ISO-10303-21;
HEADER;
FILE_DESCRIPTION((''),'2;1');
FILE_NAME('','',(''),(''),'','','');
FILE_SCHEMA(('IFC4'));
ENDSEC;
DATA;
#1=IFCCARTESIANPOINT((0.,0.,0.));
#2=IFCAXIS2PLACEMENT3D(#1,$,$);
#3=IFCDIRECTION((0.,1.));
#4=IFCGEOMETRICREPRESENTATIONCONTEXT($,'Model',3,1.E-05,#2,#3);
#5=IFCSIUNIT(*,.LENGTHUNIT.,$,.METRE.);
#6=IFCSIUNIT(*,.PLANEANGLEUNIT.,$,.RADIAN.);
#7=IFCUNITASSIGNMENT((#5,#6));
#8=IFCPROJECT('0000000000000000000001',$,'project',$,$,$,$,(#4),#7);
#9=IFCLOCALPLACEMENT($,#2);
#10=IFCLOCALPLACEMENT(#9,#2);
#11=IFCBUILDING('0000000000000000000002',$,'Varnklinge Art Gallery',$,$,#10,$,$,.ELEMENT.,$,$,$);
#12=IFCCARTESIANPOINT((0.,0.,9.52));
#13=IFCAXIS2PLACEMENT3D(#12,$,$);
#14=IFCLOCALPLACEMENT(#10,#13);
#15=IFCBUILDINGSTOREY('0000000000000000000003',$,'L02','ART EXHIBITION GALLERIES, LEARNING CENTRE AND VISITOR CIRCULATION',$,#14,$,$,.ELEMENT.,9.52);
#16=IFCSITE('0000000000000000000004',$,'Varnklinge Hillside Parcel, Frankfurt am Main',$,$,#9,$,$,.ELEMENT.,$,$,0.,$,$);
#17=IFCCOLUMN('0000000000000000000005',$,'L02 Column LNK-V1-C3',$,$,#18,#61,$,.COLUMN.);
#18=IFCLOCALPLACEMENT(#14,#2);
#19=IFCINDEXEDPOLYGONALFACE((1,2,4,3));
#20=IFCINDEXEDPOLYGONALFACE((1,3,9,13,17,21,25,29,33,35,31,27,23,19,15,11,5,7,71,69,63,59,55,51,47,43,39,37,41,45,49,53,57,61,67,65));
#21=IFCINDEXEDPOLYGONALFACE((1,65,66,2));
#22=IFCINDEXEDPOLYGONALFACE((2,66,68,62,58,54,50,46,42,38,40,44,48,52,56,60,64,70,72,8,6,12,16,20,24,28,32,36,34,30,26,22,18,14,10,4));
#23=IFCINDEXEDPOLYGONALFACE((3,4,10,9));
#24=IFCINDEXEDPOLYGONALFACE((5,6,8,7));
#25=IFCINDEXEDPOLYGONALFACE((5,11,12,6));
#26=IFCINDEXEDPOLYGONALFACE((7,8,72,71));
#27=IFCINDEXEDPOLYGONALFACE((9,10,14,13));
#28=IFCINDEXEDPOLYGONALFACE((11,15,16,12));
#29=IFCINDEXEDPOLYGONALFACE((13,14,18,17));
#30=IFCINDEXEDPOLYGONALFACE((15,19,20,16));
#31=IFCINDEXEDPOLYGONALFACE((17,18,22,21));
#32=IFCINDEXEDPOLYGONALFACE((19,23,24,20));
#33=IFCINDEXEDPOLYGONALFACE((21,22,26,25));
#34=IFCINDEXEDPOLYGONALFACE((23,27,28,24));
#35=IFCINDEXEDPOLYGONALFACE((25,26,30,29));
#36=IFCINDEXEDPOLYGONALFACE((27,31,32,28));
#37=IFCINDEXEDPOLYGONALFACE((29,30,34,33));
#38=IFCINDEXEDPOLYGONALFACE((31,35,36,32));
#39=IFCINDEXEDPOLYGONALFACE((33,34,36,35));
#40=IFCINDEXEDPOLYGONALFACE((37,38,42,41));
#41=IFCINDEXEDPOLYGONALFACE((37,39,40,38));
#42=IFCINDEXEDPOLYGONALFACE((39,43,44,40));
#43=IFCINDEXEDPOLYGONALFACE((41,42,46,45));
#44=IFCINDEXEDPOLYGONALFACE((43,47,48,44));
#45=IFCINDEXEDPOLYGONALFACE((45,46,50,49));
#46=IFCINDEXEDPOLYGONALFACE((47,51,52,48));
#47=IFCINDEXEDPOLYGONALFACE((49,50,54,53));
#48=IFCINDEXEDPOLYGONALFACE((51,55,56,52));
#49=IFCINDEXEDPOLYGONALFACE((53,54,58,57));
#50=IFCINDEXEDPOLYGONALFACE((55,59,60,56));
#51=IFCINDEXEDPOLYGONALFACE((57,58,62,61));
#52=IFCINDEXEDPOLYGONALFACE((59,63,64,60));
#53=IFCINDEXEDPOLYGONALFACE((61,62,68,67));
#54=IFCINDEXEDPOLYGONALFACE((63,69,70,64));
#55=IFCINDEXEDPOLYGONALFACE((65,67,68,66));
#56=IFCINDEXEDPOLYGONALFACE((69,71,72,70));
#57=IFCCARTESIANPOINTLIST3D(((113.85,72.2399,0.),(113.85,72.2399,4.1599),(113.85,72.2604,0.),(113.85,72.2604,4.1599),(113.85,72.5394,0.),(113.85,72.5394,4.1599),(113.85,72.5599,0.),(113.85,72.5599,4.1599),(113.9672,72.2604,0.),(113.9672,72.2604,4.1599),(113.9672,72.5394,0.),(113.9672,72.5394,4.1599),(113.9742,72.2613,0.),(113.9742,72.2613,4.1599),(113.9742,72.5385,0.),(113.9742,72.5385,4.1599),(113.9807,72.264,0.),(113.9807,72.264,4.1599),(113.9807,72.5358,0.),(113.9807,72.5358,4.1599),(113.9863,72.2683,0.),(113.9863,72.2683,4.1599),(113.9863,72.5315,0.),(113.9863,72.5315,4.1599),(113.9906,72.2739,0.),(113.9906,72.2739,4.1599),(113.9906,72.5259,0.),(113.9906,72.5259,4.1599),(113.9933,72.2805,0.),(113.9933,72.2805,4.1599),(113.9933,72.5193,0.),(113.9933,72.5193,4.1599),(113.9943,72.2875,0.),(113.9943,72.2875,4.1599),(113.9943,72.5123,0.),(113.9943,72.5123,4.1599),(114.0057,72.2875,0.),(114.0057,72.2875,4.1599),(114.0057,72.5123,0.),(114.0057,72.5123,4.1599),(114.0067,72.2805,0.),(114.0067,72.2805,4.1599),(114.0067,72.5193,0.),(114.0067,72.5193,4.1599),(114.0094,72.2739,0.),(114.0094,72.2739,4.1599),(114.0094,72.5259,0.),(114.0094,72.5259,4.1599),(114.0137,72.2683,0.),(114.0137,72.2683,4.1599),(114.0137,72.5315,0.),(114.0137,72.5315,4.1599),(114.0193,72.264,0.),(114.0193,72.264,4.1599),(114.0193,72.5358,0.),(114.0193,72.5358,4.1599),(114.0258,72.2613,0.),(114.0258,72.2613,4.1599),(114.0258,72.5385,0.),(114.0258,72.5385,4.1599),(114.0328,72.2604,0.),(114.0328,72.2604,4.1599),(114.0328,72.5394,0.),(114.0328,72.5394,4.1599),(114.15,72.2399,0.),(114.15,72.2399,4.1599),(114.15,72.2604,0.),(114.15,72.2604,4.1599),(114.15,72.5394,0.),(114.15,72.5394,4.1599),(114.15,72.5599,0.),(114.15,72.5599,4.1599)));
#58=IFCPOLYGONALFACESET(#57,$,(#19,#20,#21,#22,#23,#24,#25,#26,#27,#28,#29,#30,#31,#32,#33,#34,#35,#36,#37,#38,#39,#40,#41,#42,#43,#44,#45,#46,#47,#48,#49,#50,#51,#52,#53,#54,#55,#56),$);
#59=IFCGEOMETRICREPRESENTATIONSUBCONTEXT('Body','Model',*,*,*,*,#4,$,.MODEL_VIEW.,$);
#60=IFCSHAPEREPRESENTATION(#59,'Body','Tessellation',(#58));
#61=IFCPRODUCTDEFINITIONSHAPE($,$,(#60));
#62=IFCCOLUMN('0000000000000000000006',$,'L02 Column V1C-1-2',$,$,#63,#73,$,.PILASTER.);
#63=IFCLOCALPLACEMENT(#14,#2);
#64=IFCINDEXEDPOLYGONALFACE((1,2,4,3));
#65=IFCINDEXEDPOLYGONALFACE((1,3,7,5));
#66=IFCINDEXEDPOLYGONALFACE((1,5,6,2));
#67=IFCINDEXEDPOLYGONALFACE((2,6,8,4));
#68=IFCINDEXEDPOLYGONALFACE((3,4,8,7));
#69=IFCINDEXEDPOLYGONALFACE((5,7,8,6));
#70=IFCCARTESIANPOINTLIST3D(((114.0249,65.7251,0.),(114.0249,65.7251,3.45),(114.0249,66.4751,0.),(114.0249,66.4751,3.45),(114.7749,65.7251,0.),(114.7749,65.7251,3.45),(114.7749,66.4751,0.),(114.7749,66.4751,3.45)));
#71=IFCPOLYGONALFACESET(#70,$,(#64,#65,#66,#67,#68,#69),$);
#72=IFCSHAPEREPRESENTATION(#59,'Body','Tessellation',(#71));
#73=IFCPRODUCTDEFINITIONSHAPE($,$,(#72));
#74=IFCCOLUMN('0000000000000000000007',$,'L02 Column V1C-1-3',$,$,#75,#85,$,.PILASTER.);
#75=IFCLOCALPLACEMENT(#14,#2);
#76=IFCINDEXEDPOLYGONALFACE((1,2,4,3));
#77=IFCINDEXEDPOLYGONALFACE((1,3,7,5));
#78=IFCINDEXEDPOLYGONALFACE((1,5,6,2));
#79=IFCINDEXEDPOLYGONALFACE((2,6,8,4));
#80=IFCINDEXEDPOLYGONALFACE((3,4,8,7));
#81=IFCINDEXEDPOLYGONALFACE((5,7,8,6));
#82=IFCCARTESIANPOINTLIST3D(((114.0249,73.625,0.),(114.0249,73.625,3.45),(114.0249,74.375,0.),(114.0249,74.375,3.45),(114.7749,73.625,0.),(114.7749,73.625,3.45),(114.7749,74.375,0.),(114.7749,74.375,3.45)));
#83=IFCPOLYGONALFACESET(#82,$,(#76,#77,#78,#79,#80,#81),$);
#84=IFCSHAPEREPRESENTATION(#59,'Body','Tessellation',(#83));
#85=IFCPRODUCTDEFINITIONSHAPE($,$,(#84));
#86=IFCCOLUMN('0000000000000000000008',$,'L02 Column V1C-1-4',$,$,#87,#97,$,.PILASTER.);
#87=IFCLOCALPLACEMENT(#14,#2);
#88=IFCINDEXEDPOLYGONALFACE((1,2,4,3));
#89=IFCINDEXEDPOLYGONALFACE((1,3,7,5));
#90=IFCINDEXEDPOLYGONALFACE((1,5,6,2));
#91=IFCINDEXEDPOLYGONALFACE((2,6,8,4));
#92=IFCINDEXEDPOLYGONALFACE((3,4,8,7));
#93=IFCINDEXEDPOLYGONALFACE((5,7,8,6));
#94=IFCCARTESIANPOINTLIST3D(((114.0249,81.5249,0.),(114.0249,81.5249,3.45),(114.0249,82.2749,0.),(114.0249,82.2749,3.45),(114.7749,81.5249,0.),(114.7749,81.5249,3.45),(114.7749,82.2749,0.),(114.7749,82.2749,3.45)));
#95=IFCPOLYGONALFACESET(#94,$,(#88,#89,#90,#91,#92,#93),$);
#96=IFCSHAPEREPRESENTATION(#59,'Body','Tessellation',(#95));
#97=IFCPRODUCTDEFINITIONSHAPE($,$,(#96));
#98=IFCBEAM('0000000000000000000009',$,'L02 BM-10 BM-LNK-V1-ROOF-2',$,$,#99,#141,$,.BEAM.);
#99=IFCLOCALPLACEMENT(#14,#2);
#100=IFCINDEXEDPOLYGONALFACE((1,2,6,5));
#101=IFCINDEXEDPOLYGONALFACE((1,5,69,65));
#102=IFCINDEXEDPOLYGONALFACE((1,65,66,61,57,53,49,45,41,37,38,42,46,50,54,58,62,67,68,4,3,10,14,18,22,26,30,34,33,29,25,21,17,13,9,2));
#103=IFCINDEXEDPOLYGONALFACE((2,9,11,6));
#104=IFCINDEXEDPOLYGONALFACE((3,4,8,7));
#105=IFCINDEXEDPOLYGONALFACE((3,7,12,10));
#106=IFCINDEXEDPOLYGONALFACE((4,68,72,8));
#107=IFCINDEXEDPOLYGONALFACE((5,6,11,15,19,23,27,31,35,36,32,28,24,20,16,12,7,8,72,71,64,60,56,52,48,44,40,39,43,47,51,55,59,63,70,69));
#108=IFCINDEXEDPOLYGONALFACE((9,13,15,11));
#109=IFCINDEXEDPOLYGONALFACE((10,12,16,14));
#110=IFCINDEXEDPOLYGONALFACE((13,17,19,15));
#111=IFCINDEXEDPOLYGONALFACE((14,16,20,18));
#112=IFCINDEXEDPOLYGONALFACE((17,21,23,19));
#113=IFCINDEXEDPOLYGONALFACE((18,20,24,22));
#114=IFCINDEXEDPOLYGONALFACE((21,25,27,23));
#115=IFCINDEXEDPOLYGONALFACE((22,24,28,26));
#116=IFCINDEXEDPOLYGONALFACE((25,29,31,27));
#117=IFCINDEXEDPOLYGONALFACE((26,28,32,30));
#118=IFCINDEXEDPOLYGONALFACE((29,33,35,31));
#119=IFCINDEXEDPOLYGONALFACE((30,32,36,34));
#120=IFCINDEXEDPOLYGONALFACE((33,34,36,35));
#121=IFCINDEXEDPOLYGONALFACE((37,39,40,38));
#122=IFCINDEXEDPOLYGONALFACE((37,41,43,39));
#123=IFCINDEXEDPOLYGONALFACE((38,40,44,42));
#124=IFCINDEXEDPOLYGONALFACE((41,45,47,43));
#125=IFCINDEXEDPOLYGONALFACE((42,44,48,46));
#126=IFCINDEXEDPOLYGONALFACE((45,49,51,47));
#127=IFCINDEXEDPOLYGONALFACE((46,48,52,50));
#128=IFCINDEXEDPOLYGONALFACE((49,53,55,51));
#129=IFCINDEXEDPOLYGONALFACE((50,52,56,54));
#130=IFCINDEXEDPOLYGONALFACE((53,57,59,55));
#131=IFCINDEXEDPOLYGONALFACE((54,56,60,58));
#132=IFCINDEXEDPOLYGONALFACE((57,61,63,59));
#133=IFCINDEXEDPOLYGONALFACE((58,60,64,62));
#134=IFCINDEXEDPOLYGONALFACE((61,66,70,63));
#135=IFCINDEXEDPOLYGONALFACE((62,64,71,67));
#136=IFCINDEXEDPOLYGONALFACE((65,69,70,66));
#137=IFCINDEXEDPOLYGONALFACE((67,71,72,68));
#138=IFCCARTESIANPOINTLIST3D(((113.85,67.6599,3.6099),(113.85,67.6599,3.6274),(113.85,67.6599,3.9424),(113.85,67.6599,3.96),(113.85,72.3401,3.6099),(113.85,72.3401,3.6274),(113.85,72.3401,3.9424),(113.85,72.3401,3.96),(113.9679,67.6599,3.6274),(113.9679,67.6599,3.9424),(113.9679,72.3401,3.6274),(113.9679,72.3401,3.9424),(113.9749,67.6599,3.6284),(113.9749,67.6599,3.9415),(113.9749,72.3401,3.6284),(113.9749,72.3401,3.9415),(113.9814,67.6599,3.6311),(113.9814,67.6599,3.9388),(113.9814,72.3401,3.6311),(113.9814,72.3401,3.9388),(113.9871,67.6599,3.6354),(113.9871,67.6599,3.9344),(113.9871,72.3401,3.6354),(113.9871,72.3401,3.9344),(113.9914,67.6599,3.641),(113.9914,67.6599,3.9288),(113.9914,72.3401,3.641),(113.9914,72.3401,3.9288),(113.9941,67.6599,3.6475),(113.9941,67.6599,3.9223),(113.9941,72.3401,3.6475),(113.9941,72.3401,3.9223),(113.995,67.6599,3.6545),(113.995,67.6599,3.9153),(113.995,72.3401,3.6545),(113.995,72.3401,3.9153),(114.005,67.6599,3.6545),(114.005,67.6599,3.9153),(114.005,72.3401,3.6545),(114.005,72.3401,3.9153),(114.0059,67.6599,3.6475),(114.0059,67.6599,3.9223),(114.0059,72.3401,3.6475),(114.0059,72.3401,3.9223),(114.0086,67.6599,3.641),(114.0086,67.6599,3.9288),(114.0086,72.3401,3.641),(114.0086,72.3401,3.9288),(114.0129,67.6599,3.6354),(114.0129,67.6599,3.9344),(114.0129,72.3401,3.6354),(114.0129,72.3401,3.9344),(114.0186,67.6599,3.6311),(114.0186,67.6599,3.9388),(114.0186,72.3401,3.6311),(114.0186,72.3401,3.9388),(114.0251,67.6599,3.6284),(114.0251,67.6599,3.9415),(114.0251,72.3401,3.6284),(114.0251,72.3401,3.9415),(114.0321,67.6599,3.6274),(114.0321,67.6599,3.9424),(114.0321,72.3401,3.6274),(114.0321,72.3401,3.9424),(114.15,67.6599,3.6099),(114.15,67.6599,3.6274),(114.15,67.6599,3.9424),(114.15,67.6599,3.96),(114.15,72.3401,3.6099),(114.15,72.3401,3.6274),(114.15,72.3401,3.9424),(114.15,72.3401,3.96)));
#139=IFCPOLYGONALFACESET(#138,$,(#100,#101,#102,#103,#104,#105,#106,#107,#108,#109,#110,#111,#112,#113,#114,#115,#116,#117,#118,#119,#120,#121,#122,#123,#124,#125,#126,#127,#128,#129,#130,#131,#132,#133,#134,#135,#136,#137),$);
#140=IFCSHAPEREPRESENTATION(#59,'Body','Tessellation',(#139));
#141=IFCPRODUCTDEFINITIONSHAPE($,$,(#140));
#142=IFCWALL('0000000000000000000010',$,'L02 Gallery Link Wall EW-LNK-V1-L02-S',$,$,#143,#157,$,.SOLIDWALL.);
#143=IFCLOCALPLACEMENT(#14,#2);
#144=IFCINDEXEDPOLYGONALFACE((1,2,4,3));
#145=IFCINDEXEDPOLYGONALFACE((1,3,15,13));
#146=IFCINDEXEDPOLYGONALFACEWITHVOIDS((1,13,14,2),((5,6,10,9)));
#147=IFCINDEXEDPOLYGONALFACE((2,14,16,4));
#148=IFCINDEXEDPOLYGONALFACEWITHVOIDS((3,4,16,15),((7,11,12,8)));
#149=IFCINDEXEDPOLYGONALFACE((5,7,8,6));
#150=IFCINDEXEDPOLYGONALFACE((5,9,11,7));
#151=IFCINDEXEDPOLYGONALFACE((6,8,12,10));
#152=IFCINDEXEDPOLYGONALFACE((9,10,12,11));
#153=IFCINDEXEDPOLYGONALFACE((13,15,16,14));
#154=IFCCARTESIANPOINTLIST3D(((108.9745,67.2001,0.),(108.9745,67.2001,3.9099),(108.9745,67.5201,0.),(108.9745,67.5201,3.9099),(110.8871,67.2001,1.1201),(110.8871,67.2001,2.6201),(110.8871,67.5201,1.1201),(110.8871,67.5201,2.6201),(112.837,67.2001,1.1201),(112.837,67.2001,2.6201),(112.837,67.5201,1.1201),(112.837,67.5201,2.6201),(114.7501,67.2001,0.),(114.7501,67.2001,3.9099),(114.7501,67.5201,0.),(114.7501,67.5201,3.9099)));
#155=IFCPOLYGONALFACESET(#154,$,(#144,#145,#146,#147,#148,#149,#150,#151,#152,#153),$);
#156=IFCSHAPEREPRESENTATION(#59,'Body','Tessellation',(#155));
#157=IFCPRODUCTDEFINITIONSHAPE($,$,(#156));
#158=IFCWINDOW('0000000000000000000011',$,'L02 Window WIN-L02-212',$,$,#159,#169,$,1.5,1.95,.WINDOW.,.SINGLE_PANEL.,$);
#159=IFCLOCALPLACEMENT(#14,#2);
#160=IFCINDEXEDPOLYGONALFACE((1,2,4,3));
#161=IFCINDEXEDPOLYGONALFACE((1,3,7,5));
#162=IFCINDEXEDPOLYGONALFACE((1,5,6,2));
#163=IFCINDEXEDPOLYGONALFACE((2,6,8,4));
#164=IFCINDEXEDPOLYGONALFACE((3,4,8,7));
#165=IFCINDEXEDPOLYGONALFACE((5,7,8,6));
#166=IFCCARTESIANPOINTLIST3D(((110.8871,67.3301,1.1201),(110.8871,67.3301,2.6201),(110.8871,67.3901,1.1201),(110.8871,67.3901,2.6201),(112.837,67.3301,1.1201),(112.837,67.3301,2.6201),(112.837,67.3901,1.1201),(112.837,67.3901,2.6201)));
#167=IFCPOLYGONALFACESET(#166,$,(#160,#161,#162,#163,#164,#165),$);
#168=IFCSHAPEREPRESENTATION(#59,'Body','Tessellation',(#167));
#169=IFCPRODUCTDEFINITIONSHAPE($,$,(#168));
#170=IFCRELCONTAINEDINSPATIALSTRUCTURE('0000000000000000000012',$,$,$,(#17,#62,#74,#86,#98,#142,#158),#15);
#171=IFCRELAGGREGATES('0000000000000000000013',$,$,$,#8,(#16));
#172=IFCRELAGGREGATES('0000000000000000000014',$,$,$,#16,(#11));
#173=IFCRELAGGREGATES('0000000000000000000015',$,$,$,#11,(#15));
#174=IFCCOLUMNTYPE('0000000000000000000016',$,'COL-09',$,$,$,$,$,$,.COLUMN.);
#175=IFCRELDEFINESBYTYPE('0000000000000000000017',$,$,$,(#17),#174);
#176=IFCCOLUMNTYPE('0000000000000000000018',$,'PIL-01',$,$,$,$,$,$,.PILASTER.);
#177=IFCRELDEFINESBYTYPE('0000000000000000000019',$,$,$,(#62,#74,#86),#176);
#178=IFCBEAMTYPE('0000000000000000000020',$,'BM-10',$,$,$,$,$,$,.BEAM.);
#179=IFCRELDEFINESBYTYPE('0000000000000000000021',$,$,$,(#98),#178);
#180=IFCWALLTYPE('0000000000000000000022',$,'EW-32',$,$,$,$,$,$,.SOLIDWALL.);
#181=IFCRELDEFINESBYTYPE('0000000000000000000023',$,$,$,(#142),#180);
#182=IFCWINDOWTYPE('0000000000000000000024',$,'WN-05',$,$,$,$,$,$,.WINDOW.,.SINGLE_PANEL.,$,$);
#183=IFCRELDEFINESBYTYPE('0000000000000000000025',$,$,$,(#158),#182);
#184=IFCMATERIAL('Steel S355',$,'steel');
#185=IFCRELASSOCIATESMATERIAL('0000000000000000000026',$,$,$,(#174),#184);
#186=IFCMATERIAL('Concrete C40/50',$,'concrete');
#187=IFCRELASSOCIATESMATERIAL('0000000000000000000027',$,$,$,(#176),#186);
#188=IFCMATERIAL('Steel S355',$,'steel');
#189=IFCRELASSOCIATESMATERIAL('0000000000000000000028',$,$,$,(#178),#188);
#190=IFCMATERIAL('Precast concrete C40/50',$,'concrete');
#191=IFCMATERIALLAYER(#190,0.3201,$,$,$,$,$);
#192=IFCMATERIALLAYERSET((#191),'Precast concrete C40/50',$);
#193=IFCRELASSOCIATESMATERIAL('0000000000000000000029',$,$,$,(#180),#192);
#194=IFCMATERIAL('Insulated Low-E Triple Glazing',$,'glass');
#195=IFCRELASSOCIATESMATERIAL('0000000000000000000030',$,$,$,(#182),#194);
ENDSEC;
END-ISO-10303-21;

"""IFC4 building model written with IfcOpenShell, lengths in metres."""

from ifc_helpers import new_model, si_unit, direction, frame, frame_2d, origin, origin_2d, place, context, subcontext, project, spatial, rectangle, i_section, extrude, material, layer, layer_set, material_profile, profile_set, type_object, element, fill, save


model = new_model("IFC4")

# Units and contexts
model_context = context("Model", 3, precision=1e-05, world=origin(), true_north=direction((0.0, 1.0)))
body_context = subcontext(model_context, "Body", "Model", "MODEL_VIEW")
ifc_project = project(units=[si_unit("LENGTHUNIT", "METRE"), si_unit("PLANEANGLEUNIT", "RADIAN")], contexts=[model_context])

# Site, building, storey
site_placement = place(None, origin())
site = spatial("IfcSite", under=ifc_project, at=site_placement, Name="Varnklinge Hillside Parcel, Frankfurt am Main", CompositionType="ELEMENT", RefElevation=0.0)
building_placement = place(site_placement, origin())
building = spatial("IfcBuilding", under=site, at=building_placement, Name="Varnklinge Art Gallery", CompositionType="ELEMENT")
storey_placement = place(building_placement, frame((0.0, 0.0, 9.52)))
storey = spatial("IfcBuildingStorey", under=building, at=storey_placement, Name="L02", Description="ART EXHIBITION GALLERIES, LEARNING CENTRE AND VISITOR CIRCULATION", CompositionType="ELEMENT", Elevation=9.52)

# Columns
ifc_material_1 = material(Name="Steel S355", Category="steel")
ifc_material_profile_1 = material_profile(ifc_material_1, i_section(OverallWidth=0.3, OverallDepth=0.3201, WebThickness=0.0115, FlangeThickness=0.0205, FilletRadius=0.0271, at=origin_2d()), Name="HEB 320")
ifc_profile_set_1 = profile_set([ifc_material_profile_1], Name="Steel S355")
column_type_1 = type_object("IfcColumnType", Name="COL-09", PredefinedType="COLUMN", material=ifc_profile_set_1)
for number, where, z_axis, x_axis, name in (
    (1, (114.0, 72.3999, 0.0), (0.0, 0.0, 1.0), (1.0, 0.0, 0.0), "L02 Column LNK-V1-C3"),
):
    element("IfcColumn", number, at=place(storey_placement, frame(where, z_axis=z_axis, x_axis=x_axis)), inside=storey, type_object=column_type_1, Name=name, PredefinedType="COLUMN", context=body_context, shape_type="SweptSolid", body=[
        extrude(i_section(OverallWidth=0.3, OverallDepth=0.3201, WebThickness=0.0115, FlangeThickness=0.0205, FilletRadius=0.0271, at=origin_2d()), origin(), (0.0, 0.0, 1.0), 4.1599),
    ])
ifc_material_2 = material(Name="Concrete C40/50", Category="concrete")
ifc_material_profile_2 = material_profile(ifc_material_2, rectangle(XDim=0.75, YDim=0.75, at=origin_2d()), Name="RC 750x750")
ifc_profile_set_2 = profile_set([ifc_material_profile_2], Name="Concrete C40/50")
column_type_2 = type_object("IfcColumnType", Name="PIL-01", PredefinedType="PILASTER", material=ifc_profile_set_2)
for number, where, z_axis, x_axis, name in (
    (2, (114.3999, 66.1001, 0.0), (0.0, 0.0, 1.0), (1.0, 0.0, 0.0), "L02 Column V1C-1-2"),
    (3, (114.3999, 74.0, 0.0), (0.0, 0.0, 1.0), (1.0, 0.0, 0.0), "L02 Column V1C-1-3"),
    (4, (114.3999, 81.8999, 0.0), (0.0, 0.0, 1.0), (1.0, 0.0, 0.0), "L02 Column V1C-1-4"),
):
    element("IfcColumn", number, at=place(storey_placement, frame(where, z_axis=z_axis, x_axis=x_axis)), inside=storey, type_object=column_type_2, Name=name, PredefinedType="PILASTER", context=body_context, shape_type="SweptSolid", body=[
        extrude(rectangle(XDim=0.75, YDim=0.75, at=origin_2d()), origin(), (0.0, 0.0, 1.0), 3.45),
    ])

# Beam
ifc_material_3 = material(Name="Steel S355", Category="steel")
ifc_material_profile_3 = material_profile(ifc_material_3, i_section(OverallWidth=0.3, OverallDepth=0.3501, WebThickness=0.01, FlangeThickness=0.0176, FilletRadius=0.0271, at=origin_2d()), Name="HEA 360")
ifc_profile_set_3 = profile_set([ifc_material_profile_3], Name="Steel S355")
beam_type = type_object("IfcBeamType", Name="BM-10", PredefinedType="BEAM", material=ifc_profile_set_3)
beam_placement = place(storey_placement, frame((114.0, 67.6599, 3.7849), z_axis=(0.0, 1.0, 0.0), x_axis=(-1.0, 0.0, 0.0)))
element("IfcBeam", 5, at=beam_placement, inside=storey, type_object=beam_type, Name="L02 BM-10 BM-LNK-V1-ROOF-2", PredefinedType="BEAM", context=body_context, shape_type="SweptSolid", body=[
    extrude(i_section(OverallWidth=0.3, OverallDepth=0.3501, WebThickness=0.01, FlangeThickness=0.0176, FilletRadius=0.0271, at=origin_2d()), origin(), (0.0, 0.0, 1.0), 4.6802),
])

# Wall, opening, window
ifc_material_4 = material(Name="Precast concrete C40/50", Category="concrete")
ifc_layer_1 = layer(ifc_material_4, 0.3201)
ifc_layer_set_1 = layer_set([ifc_layer_1], Name="Precast concrete C40/50")
wall_type_1 = type_object("IfcWallType", Name="EW-32", PredefinedType="SOLIDWALL", material=ifc_layer_set_1)
wall_1_placement = place(storey_placement, frame((114.75, 67.3601, 0.0), z_axis=(0.0, 0.0, 1.0), x_axis=(-1.0, 0.0, 0.0)))
wall_1 = element("IfcWall", 6, at=wall_1_placement, inside=storey, type_object=wall_type_1, Name="L02 Gallery Link Wall EW-LNK-V1-L02-S", PredefinedType="SOLIDWALL", context=body_context, shape_type="SweptSolid", body=[
    extrude(rectangle(XDim=5.7756, YDim=0.3201, at=frame_2d((2.8877, 0.0))), origin(), (0.0, 0.0, 1.0), 3.9099),
])
opening_1_placement = place(wall_1_placement, frame((1.9128, 0.0, 1.1201)))
opening_1 = element("IfcOpeningElement", 7, at=opening_1_placement, cuts=wall_1, PredefinedType="OPENING", context=body_context, shape_type="SweptSolid", body=[
    extrude(rectangle(XDim=1.95, YDim=1.5, at=frame_2d((0.9751, 0.75))), frame((0.0, 0.1702, 0.0), z_axis=(0.0, -1.0, 0.0), x_axis=(1.0, 0.0, 0.0)), (0.0, 0.0, 1.0), 0.3401),
])
ifc_material_5 = material(Name="Insulated Low-E Triple Glazing", Category="glass")
window_type_1 = type_object("IfcWindowType", Name="WN-05", PartitioningType="SINGLE_PANEL", PredefinedType="WINDOW", material=ifc_material_5)
window_1_placement = place(opening_1_placement, origin())
window_1 = element("IfcWindow", 8, at=window_1_placement, inside=storey, type_object=window_type_1, Name="L02 Window WIN-L02-212", OverallHeight=1.5, OverallWidth=1.95, PartitioningType="SINGLE_PANEL", PredefinedType="WINDOW", context=body_context, shape_type="SweptSolid", body=[
    extrude(rectangle(XDim=1.95, YDim=1.5, at=frame_2d((0.9751, 0.75))), frame((0.0, 0.03, 0.0), z_axis=(0.0, -1.0, 0.0), x_axis=(1.0, 0.0, 0.0)), (0.0, 0.0, 1.0), 0.0601),
])
fill(opening_1, window_1)

save(model, "model.ifc")
